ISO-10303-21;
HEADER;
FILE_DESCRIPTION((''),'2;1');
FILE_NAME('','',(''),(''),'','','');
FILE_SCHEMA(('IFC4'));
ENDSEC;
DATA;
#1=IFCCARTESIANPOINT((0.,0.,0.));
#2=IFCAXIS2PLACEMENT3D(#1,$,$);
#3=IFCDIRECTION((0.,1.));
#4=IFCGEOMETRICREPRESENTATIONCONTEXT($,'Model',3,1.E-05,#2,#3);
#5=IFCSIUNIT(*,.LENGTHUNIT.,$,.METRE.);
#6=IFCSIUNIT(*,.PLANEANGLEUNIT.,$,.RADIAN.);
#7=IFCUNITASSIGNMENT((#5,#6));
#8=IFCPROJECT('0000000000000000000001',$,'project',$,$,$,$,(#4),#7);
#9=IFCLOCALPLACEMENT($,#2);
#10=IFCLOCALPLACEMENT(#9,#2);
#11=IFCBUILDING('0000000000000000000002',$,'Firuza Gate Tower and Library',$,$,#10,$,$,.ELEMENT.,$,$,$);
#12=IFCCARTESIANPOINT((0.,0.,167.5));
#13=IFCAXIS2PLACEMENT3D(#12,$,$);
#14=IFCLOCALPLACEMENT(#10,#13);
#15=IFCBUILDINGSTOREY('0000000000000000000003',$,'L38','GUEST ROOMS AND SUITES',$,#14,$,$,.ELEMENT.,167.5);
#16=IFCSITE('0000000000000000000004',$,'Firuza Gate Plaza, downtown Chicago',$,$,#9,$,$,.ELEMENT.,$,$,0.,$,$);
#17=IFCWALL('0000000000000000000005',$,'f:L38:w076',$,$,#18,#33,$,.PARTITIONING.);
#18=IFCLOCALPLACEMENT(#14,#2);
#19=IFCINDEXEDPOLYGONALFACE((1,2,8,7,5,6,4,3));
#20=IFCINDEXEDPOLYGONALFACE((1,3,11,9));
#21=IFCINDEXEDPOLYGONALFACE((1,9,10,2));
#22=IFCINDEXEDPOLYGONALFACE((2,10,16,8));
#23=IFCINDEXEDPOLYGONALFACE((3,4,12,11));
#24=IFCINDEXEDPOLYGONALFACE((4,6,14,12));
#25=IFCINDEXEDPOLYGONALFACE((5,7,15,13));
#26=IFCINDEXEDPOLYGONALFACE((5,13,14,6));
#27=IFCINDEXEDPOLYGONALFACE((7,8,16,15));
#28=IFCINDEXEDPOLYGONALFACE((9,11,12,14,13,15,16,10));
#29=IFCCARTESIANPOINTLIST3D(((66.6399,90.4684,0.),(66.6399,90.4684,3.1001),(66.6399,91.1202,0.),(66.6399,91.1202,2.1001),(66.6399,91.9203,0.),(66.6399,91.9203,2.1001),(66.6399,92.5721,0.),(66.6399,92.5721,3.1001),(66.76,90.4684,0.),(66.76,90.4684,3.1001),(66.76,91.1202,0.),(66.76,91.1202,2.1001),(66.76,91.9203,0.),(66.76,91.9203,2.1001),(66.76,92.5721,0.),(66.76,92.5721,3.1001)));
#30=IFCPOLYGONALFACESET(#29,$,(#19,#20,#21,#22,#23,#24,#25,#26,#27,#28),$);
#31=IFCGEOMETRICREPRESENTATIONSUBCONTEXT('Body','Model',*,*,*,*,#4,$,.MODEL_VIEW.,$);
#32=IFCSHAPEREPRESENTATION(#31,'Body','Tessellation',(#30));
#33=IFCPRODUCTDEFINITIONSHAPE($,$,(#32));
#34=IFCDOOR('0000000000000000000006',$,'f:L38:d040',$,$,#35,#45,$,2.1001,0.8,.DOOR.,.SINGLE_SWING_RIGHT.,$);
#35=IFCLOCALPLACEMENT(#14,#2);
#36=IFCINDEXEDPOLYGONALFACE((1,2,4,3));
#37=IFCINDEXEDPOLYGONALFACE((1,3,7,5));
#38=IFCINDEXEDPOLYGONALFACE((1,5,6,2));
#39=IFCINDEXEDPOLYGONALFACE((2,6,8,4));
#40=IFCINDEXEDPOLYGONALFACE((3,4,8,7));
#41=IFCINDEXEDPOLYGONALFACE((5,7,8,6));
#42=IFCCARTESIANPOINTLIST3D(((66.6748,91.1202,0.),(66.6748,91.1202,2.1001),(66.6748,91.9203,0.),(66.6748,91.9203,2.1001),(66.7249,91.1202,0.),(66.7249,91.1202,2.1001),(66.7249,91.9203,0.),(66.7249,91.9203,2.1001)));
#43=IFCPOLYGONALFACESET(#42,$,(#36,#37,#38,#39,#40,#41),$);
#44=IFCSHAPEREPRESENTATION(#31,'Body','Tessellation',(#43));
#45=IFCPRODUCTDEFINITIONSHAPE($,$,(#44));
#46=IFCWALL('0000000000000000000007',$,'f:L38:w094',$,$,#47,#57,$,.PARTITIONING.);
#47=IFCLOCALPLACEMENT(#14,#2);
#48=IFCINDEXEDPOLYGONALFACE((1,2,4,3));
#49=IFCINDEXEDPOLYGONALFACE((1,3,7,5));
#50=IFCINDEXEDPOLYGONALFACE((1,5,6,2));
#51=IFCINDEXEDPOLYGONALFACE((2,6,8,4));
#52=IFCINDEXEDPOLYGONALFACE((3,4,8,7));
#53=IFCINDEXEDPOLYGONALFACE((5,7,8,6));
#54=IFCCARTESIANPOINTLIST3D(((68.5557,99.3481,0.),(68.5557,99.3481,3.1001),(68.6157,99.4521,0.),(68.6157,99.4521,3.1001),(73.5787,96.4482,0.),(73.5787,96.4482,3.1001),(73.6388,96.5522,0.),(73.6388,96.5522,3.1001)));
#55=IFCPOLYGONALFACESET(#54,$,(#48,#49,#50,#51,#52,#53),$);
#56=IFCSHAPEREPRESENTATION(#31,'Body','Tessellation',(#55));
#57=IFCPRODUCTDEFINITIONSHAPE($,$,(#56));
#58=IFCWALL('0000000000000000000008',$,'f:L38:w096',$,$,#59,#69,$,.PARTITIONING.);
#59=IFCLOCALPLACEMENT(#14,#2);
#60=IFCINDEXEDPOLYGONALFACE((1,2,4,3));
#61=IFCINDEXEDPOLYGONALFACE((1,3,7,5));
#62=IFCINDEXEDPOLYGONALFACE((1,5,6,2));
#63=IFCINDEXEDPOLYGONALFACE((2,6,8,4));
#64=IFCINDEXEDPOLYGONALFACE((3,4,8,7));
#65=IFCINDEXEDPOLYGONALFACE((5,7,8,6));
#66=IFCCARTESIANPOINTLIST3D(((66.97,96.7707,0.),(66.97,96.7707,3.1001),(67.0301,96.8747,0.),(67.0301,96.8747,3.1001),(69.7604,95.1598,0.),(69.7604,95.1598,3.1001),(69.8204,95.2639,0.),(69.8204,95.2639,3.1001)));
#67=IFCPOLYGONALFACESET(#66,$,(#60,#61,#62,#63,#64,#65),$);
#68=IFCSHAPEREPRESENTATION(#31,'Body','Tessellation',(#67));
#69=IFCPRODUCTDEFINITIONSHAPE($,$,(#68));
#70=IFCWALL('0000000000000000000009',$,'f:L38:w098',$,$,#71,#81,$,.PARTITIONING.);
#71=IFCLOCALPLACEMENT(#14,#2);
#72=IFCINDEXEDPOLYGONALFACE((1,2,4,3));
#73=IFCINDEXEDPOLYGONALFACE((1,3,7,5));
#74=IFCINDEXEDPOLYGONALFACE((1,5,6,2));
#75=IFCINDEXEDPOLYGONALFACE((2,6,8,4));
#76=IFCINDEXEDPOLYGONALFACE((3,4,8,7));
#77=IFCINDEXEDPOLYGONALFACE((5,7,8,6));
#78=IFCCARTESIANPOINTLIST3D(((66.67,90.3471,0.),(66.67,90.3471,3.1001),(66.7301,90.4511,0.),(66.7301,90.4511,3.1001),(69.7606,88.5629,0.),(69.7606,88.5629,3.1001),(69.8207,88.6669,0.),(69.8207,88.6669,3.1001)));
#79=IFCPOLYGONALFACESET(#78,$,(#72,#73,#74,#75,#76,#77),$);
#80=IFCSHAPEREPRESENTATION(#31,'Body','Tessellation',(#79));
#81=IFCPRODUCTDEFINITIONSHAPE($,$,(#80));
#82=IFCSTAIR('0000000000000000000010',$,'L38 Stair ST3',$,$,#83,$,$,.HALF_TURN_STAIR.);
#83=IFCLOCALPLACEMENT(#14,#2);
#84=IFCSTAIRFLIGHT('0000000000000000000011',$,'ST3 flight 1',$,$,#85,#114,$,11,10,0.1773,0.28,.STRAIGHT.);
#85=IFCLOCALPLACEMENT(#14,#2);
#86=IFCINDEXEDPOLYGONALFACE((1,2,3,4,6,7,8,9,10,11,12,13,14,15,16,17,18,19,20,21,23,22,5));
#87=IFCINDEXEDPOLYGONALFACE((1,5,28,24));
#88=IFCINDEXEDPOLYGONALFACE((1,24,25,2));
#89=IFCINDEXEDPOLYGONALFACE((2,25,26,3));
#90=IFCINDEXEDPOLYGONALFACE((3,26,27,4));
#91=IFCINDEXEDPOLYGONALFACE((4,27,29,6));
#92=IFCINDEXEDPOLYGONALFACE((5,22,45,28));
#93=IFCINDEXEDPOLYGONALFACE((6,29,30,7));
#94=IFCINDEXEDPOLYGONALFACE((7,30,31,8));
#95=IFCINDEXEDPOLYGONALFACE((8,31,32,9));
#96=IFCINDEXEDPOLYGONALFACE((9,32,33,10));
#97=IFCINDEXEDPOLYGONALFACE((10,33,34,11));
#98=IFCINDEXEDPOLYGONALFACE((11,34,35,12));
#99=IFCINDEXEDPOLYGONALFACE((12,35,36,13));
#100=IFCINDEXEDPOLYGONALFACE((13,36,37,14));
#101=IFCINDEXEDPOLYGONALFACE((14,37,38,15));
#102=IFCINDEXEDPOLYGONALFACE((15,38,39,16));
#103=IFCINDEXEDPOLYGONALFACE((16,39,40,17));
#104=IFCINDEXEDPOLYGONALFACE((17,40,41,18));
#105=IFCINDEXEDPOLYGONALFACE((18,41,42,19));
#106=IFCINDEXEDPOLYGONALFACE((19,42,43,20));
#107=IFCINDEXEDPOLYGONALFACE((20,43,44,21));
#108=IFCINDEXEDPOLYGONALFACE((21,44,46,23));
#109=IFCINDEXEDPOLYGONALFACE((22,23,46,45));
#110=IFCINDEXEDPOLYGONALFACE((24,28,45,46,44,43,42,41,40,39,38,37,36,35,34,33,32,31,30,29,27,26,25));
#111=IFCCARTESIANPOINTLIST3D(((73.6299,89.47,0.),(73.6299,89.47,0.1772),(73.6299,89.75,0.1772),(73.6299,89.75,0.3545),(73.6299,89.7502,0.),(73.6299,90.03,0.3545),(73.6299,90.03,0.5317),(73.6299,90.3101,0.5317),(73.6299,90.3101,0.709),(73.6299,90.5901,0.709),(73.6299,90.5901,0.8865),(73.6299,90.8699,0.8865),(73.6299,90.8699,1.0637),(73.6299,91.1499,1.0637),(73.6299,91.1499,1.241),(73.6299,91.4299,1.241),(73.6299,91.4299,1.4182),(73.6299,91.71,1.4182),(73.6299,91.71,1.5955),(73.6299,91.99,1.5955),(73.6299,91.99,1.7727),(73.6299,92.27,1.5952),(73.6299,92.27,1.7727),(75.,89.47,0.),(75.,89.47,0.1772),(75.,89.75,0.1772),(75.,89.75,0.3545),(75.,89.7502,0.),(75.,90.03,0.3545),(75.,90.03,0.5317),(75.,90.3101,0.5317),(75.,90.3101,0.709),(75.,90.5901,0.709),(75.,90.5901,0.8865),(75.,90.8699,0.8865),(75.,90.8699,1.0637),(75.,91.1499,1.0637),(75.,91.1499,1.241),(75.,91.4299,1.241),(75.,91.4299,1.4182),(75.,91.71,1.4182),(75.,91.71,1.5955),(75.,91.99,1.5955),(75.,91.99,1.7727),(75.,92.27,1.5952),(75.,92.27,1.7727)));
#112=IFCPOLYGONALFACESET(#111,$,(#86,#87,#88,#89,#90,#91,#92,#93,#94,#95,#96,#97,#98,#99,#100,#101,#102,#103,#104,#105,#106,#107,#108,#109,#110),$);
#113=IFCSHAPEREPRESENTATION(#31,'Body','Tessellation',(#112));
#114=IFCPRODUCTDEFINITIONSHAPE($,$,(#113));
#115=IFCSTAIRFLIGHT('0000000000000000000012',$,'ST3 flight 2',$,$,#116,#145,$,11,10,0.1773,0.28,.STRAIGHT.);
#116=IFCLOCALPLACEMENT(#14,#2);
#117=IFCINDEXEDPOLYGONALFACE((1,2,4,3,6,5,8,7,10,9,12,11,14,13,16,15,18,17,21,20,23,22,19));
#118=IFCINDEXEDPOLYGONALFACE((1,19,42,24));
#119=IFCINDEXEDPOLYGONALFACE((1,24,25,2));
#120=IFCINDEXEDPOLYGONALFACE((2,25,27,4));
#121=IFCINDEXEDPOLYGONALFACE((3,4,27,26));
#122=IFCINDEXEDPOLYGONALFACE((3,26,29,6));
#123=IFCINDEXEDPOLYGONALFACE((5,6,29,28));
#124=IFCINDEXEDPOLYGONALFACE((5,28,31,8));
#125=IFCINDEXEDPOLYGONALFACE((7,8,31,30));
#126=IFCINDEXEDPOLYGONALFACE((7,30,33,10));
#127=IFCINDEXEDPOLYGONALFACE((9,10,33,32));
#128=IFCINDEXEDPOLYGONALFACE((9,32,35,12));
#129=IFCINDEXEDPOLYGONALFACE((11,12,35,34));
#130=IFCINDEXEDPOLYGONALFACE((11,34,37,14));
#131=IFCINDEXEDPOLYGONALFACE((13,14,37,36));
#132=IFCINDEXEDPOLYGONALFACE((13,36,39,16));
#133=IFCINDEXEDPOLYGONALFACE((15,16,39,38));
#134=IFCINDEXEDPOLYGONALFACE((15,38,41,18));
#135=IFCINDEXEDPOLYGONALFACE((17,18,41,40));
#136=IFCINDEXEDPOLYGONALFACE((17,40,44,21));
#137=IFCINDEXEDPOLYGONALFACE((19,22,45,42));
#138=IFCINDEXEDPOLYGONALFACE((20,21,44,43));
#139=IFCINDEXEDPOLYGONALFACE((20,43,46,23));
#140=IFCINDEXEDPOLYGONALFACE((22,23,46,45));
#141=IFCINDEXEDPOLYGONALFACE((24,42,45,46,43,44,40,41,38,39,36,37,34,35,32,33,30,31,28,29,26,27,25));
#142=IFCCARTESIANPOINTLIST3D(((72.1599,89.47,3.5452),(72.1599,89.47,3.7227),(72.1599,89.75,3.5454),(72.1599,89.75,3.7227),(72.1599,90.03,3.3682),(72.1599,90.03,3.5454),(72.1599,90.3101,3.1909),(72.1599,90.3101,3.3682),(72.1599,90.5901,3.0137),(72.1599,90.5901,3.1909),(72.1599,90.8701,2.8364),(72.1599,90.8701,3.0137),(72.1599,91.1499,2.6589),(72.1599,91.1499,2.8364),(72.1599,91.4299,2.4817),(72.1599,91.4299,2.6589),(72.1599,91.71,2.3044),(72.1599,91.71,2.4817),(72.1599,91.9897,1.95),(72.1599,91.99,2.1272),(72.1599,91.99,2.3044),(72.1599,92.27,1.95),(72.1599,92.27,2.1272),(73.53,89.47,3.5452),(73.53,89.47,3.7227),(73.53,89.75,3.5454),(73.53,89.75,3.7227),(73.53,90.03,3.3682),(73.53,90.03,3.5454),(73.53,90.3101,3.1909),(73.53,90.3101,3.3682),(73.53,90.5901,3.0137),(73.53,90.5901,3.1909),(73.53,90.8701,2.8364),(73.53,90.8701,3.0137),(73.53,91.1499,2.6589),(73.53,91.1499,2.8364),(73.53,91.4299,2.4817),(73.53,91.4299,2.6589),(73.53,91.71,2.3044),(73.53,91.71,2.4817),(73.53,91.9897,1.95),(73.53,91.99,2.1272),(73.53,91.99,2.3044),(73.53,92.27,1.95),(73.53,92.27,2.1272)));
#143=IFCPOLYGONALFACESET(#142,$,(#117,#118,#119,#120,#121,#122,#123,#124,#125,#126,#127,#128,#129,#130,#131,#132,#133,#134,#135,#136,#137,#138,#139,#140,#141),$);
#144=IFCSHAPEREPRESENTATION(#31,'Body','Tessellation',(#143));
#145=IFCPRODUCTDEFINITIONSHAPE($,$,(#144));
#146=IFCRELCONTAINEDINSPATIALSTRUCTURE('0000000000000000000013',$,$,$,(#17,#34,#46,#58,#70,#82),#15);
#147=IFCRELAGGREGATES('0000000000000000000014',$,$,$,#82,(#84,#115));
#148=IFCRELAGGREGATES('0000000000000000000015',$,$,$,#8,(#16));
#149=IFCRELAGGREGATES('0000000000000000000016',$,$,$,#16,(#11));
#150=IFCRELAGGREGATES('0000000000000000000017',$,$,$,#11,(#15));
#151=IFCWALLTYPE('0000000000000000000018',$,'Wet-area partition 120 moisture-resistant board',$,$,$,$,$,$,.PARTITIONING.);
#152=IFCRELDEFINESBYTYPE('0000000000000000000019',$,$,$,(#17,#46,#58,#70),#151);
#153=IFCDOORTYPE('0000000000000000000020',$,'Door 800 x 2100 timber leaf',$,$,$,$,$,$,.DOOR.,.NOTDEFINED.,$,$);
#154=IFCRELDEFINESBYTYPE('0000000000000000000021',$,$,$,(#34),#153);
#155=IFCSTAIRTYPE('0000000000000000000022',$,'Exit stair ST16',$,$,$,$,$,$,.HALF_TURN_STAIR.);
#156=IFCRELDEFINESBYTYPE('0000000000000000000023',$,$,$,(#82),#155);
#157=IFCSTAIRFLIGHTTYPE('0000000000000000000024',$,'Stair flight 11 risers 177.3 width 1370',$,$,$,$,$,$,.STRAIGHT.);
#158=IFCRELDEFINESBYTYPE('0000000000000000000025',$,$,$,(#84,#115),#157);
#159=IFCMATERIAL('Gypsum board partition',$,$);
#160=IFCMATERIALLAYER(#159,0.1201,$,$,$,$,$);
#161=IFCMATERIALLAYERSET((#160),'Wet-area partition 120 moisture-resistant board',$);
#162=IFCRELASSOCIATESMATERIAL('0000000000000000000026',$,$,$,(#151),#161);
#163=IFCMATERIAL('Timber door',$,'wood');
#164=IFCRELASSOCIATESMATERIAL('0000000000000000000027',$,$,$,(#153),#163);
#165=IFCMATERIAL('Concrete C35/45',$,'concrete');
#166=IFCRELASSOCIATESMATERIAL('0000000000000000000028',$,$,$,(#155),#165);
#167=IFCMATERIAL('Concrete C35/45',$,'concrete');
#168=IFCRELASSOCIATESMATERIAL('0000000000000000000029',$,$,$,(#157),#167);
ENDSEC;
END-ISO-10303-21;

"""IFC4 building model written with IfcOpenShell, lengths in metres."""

from ifc_helpers import new_model, si_unit, direction, frame, frame_2d, origin, place, context, subcontext, project, spatial, polyline, rectangle, outline, extrude, material, layer, layer_set, type_object, element, fill, aggregate, save


model = new_model("IFC4")

# Units and contexts
model_context = context("Model", 3, precision=1e-05, world=origin(), true_north=direction((0.0, 1.0)))
body_context = subcontext(model_context, "Body", "Model", "MODEL_VIEW")
ifc_project = project(units=[si_unit("LENGTHUNIT", "METRE"), si_unit("PLANEANGLEUNIT", "RADIAN")], contexts=[model_context])

# Site, building, storey
site_placement = place(None, origin())
site = spatial("IfcSite", under=ifc_project, at=site_placement, Name="Firuza Gate Plaza, downtown Chicago", CompositionType="ELEMENT", RefElevation=0.0)
building_placement = place(site_placement, origin())
building = spatial("IfcBuilding", under=site, at=building_placement, Name="Firuza Gate Tower and Library", CompositionType="ELEMENT")
storey_placement = place(building_placement, frame((0.0, 0.0, 167.5)))
storey = spatial("IfcBuildingStorey", under=building, at=storey_placement, Name="L38", Description="GUEST ROOMS AND SUITES", CompositionType="ELEMENT", Elevation=167.5)

# Wall, opening, door
ifc_material_1 = material(Name="Gypsum board partition")
ifc_layer_1 = layer(ifc_material_1, 0.1201)
ifc_layer_set_1 = layer_set([ifc_layer_1], Name="Wet-area partition 120 moisture-resistant board")
wall_type_1 = type_object("IfcWallType", Name="Wet-area partition 120 moisture-resistant board", PredefinedType="PARTITIONING", material=ifc_layer_set_1)
wall_1_placement = place(storey_placement, frame((66.7, 92.572, 0.0), z_axis=(0.0, 0.0, 1.0), x_axis=(0.0, -1.0, 0.0)))
wall_1 = element("IfcWall", 1, at=wall_1_placement, inside=storey, type_object=wall_type_1, Name="f:L38:w076", PredefinedType="PARTITIONING", context=body_context, shape_type="SweptSolid", body=[
    extrude(rectangle(XDim=2.1038, YDim=0.1201, at=frame_2d((1.0518, 0.0))), origin(), (0.0, 0.0, 1.0), 3.1001),
])
opening_1_placement = place(wall_1_placement, frame((0.6519, 0.0, 0.0)))
opening_1 = element("IfcOpeningElement", 2, at=opening_1_placement, cuts=wall_1, PredefinedType="OPENING", context=body_context, shape_type="SweptSolid", body=[
    extrude(rectangle(XDim=0.8, YDim=2.1001, at=frame_2d((0.3999, 1.05))), frame((0.0, 0.0701, 0.0), z_axis=(0.0, -1.0, 0.0), x_axis=(1.0, 0.0, 0.0)), (0.0, 0.0, 1.0), 0.1401),
])
ifc_material_2 = material(Name="Timber door", Category="wood")
door_type_1 = type_object("IfcDoorType", Name="Door 800 x 2100 timber leaf", OperationType="NOTDEFINED", PredefinedType="DOOR", material=ifc_material_2)
door_1_placement = place(opening_1_placement, origin())
door_1 = element("IfcDoor", 3, at=door_1_placement, inside=storey, type_object=door_type_1, Name="f:L38:d040", OperationType="SINGLE_SWING_RIGHT", OverallHeight=2.1001, OverallWidth=0.8, PredefinedType="DOOR", context=body_context, shape_type="SweptSolid", body=[
    extrude(rectangle(XDim=0.8, YDim=2.1001, at=frame_2d((0.3999, 1.05))), frame((0.0, 0.0249, 0.0), z_axis=(0.0, -1.0, 0.0), x_axis=(1.0, 0.0, 0.0)), (0.0, 0.0, 1.0), 0.05),
])
fill(opening_1, door_1)

# Walls
wall_2_placement = place(storey_placement, frame((73.6086, 96.5002, 0.0), z_axis=(0.0, 0.0, 1.0), x_axis=(-0.866033, 0.499987, 0.0)))
element("IfcWall", 4, at=wall_2_placement, inside=storey, type_object=wall_type_1, Name="f:L38:w094", PredefinedType="PARTITIONING", context=body_context, shape_type="SweptSolid", body=[
    extrude(rectangle(XDim=5.8, YDim=0.1201, at=frame_2d((2.8999, 0.0))), origin(), (0.0, 0.0, 1.0), 3.1001),
])
wall_3_placement = place(storey_placement, frame((69.7903, 95.2119, 0.0), z_axis=(0.0, 0.0, 1.0), x_axis=(-0.866043, 0.49997, 0.0)))
element("IfcWall", 5, at=wall_3_placement, inside=storey, type_object=wall_type_1, Name="f:L38:w096", PredefinedType="PARTITIONING", context=body_context, shape_type="SweptSolid", body=[
    extrude(rectangle(XDim=3.2219, YDim=0.1201, at=frame_2d((1.6108, 0.0))), origin(), (0.0, 0.0, 1.0), 3.1001),
])
wall_4_placement = place(storey_placement, frame((69.7905, 88.615, 0.0), z_axis=(0.0, 0.0, 1.0), x_axis=(-0.866045, 0.499965, 0.0)))
element("IfcWall", 6, at=wall_4_placement, inside=storey, type_object=wall_type_1, Name="f:L38:w098", PredefinedType="PARTITIONING", context=body_context, shape_type="SweptSolid", body=[
    extrude(rectangle(XDim=3.5686, YDim=0.1201, at=frame_2d((1.7842, 0.0))), origin(), (0.0, 0.0, 1.0), 3.1001),
])

# Stair, stair flights
ifc_material_3 = material(Name="Concrete C35/45", Category="concrete")
stair_type = type_object("IfcStairType", Name="Exit stair ST16", PredefinedType="HALF_TURN_STAIR", material=ifc_material_3)
stair_placement = place(storey_placement, origin())
stair = element("IfcStair", 7, at=stair_placement, inside=storey, type_object=stair_type, Name="L38 Stair ST3", PredefinedType="HALF_TURN_STAIR")
ifc_material_4 = material(Name="Concrete C35/45", Category="concrete")
stair_flight_type = type_object("IfcStairFlightType", Name="Stair flight 11 risers 177.3 width 1370", PredefinedType="STRAIGHT", material=ifc_material_4)
stair_flight_1_placement = place(storey_placement, frame((74.3149, 89.47, 0.0), z_axis=(0.0, 0.0, 1.0), x_axis=(0.0, 1.0, 0.0)))
stair_flight_1 = element("IfcStairFlight", 8, at=stair_flight_1_placement, type_object=stair_flight_type, Name="ST3 flight 1", NumberOfRisers=11, NumberOfTreads=10, PredefinedType="STRAIGHT", RiserHeight=0.1773, TreadLength=0.28, context=body_context, shape_type="SweptSolid", body=[
    extrude(outline(polyline([(0.0, 0.0), (0.0, 0.1772), (0.28, 0.1772), (0.28, 0.3545), (0.5601, 0.3545), (0.5601, 0.5317), (0.8401, 0.5317), (0.8401, 0.709), (1.1201, 0.709), (1.1201, 0.8865), (1.3999, 0.8865), (1.3999, 1.0637), (1.6799, 1.0637), (1.6799, 1.241), (1.96, 1.241), (1.96, 1.4182), (2.24, 1.4182), (2.24, 1.5955), (2.52, 1.5955), (2.52, 1.7727), (2.8, 1.7727), (2.8, 1.95), (2.8, 1.5952), (0.2803, 0.0), (0.0, 0.0)])), frame((0.0, 0.6851, 0.0), z_axis=(0.0, -1.0, 0.0), x_axis=(1.0, 0.0, 0.0)), (0.0, 0.0, 1.0), 1.3701),
])
stair_flight_2_placement = place(storey_placement, frame((72.845, 92.27, 1.95), z_axis=(0.0, 0.0, 1.0), x_axis=(0.0, -1.0, 0.0)))
stair_flight_2 = element("IfcStairFlight", 9, at=stair_flight_2_placement, type_object=stair_flight_type, Name="ST3 flight 2", NumberOfRisers=11, NumberOfTreads=10, PredefinedType="STRAIGHT", RiserHeight=0.1773, TreadLength=0.28, context=body_context, shape_type="SweptSolid", body=[
    extrude(outline(polyline([(0.0, 0.0), (0.0, 0.1772), (0.28, 0.1772), (0.28, 0.3545), (0.5601, 0.3545), (0.5601, 0.5317), (0.8401, 0.5317), (0.8401, 0.709), (1.1201, 0.709), (1.1201, 0.8865), (1.3999, 0.8865), (1.3999, 1.0637), (1.6799, 1.0637), (1.6799, 1.241), (1.96, 1.241), (1.96, 1.4182), (2.24, 1.4182), (2.24, 1.5955), (2.52, 1.5955), (2.52, 1.7727), (2.8, 1.7727), (2.8, 1.95), (2.8, 1.5952), (0.2803, 0.0), (0.0, 0.0)])), frame((0.0, 0.6851, 0.0), z_axis=(0.0, -1.0, 0.0), x_axis=(1.0, 0.0, 0.0)), (0.0, 0.0, 1.0), 1.3701),
])
aggregate(stair, [stair_flight_1, stair_flight_2])

save(model, "model.ifc")
